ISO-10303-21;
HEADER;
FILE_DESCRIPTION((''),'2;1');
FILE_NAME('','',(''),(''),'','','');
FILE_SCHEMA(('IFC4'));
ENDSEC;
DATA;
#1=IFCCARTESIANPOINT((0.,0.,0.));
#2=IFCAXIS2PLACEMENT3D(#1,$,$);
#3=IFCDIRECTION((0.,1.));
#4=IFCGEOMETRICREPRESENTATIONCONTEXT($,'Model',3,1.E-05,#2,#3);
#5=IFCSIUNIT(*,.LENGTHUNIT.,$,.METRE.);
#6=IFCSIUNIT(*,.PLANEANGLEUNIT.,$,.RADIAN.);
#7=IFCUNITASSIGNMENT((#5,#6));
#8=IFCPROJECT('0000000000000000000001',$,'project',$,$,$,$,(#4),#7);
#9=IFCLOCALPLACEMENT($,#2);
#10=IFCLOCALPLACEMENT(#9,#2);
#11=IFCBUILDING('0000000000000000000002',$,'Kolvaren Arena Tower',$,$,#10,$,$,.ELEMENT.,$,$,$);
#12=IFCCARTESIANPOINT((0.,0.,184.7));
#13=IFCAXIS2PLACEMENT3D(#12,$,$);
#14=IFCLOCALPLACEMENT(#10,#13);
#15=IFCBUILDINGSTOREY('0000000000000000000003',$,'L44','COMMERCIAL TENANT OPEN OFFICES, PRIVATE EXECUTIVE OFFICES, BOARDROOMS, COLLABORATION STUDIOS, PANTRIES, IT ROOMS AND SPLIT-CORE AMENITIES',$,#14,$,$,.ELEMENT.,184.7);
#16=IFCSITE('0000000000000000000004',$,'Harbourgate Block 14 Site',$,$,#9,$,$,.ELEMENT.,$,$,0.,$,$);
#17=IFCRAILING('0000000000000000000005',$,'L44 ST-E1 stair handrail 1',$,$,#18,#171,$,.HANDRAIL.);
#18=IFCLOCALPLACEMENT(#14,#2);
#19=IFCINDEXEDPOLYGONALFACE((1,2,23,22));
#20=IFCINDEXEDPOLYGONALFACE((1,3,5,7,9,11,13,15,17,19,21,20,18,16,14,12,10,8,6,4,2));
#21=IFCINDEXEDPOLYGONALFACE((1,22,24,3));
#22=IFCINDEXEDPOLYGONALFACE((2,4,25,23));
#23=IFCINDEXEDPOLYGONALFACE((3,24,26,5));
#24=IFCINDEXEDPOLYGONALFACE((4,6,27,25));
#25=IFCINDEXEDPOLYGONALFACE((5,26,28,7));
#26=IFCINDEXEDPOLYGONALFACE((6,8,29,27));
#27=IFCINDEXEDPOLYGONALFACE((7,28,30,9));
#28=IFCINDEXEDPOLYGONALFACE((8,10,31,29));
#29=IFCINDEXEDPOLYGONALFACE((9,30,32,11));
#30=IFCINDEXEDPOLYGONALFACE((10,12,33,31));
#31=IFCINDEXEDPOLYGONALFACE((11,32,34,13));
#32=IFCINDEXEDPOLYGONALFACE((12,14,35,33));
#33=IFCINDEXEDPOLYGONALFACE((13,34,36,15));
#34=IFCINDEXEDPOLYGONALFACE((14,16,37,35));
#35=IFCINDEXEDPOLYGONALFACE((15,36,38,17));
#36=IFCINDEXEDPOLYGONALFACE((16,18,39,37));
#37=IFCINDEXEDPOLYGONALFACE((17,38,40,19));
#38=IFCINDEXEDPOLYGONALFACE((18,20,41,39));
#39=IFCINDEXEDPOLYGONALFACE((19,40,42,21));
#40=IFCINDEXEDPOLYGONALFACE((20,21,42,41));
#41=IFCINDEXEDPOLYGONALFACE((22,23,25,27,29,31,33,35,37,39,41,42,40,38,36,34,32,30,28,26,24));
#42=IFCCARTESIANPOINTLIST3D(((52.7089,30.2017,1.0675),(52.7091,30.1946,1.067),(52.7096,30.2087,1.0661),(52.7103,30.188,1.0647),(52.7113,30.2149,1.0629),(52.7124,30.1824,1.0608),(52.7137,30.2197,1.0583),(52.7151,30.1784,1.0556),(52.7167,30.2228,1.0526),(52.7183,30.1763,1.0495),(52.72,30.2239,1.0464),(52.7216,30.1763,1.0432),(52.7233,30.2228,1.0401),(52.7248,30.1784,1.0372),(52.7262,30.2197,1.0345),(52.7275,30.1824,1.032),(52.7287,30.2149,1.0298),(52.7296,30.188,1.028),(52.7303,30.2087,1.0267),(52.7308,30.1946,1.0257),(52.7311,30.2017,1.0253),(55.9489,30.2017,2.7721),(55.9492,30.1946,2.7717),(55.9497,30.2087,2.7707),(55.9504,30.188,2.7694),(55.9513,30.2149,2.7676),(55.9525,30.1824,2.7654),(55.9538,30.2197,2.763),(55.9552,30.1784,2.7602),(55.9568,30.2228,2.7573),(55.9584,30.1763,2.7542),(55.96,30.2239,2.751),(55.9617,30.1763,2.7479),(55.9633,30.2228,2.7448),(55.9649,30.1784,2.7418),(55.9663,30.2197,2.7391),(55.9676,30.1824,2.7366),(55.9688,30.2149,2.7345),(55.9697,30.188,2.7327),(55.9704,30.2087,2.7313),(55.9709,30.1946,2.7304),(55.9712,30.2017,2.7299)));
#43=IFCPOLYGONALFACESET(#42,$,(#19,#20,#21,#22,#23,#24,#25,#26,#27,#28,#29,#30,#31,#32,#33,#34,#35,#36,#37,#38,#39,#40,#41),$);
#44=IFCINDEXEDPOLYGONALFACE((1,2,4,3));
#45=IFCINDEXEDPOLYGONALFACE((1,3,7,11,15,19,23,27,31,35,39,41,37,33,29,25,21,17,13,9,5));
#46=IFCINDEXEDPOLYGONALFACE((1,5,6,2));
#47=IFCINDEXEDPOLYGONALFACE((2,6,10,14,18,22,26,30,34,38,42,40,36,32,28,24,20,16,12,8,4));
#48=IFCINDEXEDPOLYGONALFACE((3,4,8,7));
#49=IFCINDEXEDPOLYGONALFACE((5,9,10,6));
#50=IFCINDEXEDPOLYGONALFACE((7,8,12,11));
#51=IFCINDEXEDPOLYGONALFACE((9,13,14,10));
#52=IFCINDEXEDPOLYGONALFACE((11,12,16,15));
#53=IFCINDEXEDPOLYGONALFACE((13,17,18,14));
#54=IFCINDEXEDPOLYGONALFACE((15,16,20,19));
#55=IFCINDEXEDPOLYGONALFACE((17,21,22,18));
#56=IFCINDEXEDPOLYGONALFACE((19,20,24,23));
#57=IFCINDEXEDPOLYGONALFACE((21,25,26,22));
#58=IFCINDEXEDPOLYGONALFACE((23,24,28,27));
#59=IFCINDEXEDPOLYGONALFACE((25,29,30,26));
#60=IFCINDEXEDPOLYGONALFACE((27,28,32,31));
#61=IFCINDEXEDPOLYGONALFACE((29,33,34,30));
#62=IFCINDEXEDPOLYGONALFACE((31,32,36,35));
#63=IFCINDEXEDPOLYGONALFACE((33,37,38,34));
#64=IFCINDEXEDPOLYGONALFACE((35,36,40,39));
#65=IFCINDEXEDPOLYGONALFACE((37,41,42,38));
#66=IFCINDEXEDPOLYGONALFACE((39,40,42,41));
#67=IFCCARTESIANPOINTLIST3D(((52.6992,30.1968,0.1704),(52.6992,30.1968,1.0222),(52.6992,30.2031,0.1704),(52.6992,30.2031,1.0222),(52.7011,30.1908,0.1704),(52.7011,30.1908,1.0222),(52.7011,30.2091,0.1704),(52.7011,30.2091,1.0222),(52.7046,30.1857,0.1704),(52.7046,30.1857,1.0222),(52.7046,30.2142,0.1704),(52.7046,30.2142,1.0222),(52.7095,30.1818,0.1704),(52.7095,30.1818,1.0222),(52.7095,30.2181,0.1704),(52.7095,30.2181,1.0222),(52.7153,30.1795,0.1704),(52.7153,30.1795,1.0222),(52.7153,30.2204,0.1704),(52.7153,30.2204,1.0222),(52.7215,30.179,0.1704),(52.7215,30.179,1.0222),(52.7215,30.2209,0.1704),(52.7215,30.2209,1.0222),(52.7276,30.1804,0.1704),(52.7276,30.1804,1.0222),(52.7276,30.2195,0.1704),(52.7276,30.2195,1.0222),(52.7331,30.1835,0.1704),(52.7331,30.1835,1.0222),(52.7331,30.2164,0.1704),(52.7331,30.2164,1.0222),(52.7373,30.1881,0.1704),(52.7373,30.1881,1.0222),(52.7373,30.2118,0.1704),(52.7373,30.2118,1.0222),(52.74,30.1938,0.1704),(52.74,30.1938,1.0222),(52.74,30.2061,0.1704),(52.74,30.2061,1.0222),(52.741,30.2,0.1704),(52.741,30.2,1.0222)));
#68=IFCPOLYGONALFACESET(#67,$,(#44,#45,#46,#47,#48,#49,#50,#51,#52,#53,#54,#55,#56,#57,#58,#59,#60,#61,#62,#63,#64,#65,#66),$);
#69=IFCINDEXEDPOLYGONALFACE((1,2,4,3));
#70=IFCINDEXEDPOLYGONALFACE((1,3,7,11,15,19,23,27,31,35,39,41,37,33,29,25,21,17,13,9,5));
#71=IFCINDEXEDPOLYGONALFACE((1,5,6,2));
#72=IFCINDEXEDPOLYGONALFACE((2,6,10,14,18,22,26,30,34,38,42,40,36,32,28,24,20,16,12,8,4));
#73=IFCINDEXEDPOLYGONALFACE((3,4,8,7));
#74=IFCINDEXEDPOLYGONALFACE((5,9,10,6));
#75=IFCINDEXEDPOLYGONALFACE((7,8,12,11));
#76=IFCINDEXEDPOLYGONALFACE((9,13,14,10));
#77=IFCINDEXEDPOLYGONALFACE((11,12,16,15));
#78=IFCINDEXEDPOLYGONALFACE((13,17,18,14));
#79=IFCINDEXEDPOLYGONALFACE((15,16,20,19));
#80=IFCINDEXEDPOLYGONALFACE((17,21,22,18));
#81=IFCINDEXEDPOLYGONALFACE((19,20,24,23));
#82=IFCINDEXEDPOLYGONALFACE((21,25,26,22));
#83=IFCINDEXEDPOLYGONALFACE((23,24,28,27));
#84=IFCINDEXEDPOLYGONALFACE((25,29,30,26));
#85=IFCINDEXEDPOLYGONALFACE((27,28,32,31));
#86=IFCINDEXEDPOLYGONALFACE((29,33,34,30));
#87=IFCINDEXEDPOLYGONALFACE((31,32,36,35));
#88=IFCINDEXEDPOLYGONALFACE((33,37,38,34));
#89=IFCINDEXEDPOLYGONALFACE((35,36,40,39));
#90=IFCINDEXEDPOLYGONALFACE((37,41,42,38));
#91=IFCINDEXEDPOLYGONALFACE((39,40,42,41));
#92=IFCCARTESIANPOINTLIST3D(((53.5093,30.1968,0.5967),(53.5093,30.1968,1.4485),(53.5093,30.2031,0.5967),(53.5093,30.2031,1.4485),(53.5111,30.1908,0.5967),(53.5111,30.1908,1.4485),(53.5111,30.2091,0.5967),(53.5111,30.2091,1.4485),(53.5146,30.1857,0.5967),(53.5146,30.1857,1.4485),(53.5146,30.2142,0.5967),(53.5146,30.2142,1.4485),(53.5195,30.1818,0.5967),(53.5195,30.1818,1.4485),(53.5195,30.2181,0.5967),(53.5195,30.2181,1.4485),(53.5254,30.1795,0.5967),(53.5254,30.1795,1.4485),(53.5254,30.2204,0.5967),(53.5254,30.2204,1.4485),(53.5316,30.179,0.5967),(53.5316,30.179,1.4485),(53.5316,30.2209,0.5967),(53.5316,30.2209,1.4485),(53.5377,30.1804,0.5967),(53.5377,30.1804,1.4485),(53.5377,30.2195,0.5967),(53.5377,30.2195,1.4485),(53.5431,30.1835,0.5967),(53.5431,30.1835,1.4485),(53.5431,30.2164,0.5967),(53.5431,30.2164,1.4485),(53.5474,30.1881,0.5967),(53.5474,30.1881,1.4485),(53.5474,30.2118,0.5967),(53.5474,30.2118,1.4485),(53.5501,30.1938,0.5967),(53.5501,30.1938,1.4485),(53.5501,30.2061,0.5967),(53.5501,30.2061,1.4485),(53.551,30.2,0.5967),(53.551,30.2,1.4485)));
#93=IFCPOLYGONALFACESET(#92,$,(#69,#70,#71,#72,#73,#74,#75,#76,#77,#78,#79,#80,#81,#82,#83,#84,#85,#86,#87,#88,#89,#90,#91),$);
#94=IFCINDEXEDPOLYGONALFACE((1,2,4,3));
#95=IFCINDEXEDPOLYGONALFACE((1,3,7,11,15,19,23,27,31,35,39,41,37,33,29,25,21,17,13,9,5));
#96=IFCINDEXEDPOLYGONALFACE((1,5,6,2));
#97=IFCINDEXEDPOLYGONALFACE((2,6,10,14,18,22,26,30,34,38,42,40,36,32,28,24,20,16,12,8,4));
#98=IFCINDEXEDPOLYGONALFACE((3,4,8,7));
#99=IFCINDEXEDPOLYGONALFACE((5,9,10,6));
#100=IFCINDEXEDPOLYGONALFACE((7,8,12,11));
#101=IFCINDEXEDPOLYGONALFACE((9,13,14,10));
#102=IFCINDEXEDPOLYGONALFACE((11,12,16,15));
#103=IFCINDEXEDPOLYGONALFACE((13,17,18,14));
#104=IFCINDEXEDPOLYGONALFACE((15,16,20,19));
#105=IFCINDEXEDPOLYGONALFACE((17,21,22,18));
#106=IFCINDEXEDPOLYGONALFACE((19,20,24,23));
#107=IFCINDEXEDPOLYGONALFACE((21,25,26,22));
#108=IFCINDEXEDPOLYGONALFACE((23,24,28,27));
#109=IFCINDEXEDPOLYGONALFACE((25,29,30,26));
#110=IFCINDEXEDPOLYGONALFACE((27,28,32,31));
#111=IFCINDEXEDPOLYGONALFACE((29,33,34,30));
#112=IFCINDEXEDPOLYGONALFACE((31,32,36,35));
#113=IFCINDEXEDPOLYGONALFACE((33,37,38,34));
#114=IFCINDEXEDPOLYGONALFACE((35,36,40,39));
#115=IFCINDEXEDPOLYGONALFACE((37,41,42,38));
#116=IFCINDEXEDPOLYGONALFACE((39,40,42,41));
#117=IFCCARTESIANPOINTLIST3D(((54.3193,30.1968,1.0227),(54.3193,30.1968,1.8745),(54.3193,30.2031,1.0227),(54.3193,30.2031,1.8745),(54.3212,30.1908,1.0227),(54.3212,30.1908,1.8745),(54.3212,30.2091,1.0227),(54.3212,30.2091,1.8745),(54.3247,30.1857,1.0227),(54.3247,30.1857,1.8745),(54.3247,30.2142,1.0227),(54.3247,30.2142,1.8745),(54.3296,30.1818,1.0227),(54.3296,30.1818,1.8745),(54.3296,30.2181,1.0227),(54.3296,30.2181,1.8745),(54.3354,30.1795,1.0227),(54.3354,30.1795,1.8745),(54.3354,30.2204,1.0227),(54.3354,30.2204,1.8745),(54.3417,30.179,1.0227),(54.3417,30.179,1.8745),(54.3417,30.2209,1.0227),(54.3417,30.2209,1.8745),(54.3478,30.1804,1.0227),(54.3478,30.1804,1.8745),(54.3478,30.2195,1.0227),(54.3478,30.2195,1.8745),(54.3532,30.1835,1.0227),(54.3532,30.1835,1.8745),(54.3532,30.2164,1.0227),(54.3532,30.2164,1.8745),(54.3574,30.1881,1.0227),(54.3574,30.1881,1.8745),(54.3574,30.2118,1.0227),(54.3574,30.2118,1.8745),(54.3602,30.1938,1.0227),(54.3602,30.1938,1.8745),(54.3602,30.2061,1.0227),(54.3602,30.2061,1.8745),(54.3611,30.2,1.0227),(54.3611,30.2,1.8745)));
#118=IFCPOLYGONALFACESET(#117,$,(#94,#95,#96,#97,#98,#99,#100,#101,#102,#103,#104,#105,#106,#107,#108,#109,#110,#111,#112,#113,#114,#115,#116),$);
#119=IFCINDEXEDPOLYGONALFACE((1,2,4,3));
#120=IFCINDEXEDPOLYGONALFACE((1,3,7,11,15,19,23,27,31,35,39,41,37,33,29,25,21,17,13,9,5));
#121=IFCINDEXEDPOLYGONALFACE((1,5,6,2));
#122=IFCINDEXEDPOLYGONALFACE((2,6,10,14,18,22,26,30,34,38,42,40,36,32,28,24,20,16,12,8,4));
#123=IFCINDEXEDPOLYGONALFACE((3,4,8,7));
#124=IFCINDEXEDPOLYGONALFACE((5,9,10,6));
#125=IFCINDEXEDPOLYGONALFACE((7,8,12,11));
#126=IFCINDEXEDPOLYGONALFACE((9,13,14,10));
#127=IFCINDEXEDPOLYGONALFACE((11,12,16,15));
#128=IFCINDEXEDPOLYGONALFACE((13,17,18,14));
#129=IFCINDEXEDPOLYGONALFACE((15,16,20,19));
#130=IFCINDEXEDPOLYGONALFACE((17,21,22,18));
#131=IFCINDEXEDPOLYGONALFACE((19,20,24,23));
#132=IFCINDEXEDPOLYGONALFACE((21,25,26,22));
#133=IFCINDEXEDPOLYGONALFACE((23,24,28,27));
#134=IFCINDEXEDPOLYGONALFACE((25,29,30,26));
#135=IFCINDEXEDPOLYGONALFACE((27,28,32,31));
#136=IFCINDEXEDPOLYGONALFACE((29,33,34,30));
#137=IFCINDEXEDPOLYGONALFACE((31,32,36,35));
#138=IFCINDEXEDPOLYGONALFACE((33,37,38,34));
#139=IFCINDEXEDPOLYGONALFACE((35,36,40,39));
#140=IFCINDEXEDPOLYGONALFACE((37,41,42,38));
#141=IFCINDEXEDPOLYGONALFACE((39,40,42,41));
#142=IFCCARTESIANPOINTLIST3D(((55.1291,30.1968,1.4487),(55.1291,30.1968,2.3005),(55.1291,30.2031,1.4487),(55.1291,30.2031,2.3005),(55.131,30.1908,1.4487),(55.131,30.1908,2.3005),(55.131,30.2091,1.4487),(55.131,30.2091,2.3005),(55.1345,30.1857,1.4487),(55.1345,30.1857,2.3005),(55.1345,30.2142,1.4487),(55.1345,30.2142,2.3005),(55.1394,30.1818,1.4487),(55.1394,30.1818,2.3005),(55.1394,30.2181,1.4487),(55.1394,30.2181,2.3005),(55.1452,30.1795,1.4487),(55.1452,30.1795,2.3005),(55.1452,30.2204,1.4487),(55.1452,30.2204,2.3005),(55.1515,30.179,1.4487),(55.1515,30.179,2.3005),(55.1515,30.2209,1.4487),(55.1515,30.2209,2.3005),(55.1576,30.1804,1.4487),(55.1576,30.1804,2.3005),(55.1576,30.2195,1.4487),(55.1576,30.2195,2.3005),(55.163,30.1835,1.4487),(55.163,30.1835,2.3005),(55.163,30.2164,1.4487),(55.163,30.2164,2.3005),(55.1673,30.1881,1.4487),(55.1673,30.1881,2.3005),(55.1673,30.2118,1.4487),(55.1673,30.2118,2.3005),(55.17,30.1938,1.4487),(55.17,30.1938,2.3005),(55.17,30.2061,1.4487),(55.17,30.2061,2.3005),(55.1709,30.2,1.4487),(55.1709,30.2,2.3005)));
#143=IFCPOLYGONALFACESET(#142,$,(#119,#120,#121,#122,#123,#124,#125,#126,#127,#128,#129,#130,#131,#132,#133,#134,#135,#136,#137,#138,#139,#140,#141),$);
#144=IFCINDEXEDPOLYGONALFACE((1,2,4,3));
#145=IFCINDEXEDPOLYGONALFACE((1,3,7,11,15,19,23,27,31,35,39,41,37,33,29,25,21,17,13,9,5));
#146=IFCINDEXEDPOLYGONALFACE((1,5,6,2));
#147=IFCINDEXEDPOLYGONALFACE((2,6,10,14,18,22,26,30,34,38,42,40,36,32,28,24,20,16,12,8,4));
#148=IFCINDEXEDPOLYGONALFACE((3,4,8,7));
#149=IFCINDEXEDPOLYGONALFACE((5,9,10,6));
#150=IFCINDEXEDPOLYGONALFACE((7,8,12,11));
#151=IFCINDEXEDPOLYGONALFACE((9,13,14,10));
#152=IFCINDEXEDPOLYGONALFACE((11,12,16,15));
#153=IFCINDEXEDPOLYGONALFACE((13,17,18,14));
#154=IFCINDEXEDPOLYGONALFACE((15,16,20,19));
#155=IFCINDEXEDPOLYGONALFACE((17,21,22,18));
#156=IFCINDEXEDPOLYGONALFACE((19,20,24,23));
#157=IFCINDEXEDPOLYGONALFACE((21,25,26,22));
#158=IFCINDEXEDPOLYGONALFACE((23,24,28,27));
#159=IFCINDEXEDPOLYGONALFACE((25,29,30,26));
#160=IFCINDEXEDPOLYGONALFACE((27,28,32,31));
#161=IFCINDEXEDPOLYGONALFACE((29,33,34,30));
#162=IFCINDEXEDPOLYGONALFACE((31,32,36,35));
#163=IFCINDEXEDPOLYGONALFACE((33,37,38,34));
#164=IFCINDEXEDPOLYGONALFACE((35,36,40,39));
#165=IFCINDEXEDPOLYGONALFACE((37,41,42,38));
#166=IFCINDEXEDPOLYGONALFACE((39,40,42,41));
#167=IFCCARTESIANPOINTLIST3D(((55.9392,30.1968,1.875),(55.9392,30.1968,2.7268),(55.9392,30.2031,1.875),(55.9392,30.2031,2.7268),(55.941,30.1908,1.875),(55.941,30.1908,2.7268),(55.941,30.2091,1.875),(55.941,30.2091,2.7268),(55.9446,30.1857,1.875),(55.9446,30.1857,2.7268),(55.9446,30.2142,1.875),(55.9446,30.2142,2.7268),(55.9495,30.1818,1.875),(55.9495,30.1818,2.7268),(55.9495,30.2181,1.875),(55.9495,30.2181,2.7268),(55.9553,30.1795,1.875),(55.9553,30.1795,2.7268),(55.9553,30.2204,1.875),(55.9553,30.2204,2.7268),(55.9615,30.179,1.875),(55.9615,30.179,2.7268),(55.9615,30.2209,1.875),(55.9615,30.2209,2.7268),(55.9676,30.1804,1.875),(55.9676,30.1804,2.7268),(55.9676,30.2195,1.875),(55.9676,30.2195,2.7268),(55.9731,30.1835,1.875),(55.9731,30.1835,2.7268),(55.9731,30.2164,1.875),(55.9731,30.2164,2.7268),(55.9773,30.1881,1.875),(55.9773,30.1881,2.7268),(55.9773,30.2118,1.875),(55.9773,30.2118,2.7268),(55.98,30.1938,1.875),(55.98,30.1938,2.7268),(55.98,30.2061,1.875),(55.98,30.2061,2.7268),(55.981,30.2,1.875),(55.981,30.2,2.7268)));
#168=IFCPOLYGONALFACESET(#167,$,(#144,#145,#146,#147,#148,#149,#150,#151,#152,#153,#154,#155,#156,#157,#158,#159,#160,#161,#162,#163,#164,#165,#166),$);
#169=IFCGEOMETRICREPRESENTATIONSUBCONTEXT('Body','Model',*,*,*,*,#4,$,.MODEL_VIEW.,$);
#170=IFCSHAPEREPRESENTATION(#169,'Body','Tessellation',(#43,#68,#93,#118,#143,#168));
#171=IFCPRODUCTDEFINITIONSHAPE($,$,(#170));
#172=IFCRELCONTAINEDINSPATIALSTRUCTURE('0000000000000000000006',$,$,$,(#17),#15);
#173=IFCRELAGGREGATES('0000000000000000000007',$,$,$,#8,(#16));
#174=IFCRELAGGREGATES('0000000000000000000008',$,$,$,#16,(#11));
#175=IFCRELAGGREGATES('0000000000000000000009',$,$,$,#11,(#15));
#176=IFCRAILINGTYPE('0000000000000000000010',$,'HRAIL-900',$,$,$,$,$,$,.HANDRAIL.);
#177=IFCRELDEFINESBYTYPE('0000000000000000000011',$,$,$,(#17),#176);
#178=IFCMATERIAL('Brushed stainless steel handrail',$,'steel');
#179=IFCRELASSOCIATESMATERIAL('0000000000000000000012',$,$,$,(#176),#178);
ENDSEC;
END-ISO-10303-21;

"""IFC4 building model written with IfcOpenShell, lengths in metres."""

from ifc_helpers import new_model, si_unit, direction, frame, origin, origin_2d, place, context, subcontext, project, spatial, circle, extrude, material, type_object, element, save


model = new_model("IFC4")

# Units and contexts
model_context = context("Model", 3, precision=1e-05, world=origin(), true_north=direction((0.0, 1.0)))
body_context = subcontext(model_context, "Body", "Model", "MODEL_VIEW")
ifc_project = project(units=[si_unit("LENGTHUNIT", "METRE"), si_unit("PLANEANGLEUNIT", "RADIAN")], contexts=[model_context])

# Site, building, storey
site_placement = place(None, origin())
site = spatial("IfcSite", under=ifc_project, at=site_placement, Name="Harbourgate Block 14 Site", CompositionType="ELEMENT", RefElevation=0.0)
building_placement = place(site_placement, origin())
building = spatial("IfcBuilding", under=site, at=building_placement, Name="Kolvaren Arena Tower", CompositionType="ELEMENT")
storey_placement = place(building_placement, frame((0.0, 0.0, 184.7)))
storey = spatial("IfcBuildingStorey", under=building, at=storey_placement, Name="L44", Description="COMMERCIAL TENANT OPEN OFFICES, PRIVATE EXECUTIVE OFFICES, BOARDROOMS, COLLABORATION STUDIOS, PANTRIES, IT ROOMS AND SPLIT-CORE AMENITIES", CompositionType="ELEMENT", Elevation=184.7)

# Railing
ifc_material_1 = material(Name="Brushed stainless steel handrail", Category="steel")
railing_type_1 = type_object("IfcRailingType", Name="HRAIL-900", PredefinedType="HANDRAIL", material=ifc_material_1)
railing_1_placement = place(storey_placement, frame((52.72, 30.2, 0.1704)))
element("IfcRailing", 1, at=railing_1_placement, inside=storey, type_object=railing_type_1, Name="L44 ST-E1 stair handrail 1", PredefinedType="HANDRAIL", context=body_context, shape_type="SweptSolid", body=[
    extrude(circle(Radius=0.0239, at=origin_2d()), frame((0.0, 0.0, 0.876), z_axis=(0.884993, 0.0, 0.465604), x_axis=(0.0, 1.0, 0.0)), (0.0, 0.0, 1.0), 3.6611),
    extrude(circle(Radius=0.021, at=origin_2d()), origin(), (0.0, 0.0, 1.0), 0.8518),
    extrude(circle(Radius=0.021, at=origin_2d()), frame((0.8101, 0.0, 0.4263)), (0.0, 0.0, 1.0), 0.8518),
    extrude(circle(Radius=0.021, at=origin_2d()), frame((1.6201, 0.0, 0.8523)), (0.0, 0.0, 1.0), 0.8518),
    extrude(circle(Radius=0.021, at=origin_2d()), frame((2.4299, 0.0, 1.2783)), (0.0, 0.0, 1.0), 0.8518),
    extrude(circle(Radius=0.021, at=origin_2d()), frame((3.24, 0.0, 1.7046)), (0.0, 0.0, 1.0), 0.8518),
])

save(model, "model.ifc")
